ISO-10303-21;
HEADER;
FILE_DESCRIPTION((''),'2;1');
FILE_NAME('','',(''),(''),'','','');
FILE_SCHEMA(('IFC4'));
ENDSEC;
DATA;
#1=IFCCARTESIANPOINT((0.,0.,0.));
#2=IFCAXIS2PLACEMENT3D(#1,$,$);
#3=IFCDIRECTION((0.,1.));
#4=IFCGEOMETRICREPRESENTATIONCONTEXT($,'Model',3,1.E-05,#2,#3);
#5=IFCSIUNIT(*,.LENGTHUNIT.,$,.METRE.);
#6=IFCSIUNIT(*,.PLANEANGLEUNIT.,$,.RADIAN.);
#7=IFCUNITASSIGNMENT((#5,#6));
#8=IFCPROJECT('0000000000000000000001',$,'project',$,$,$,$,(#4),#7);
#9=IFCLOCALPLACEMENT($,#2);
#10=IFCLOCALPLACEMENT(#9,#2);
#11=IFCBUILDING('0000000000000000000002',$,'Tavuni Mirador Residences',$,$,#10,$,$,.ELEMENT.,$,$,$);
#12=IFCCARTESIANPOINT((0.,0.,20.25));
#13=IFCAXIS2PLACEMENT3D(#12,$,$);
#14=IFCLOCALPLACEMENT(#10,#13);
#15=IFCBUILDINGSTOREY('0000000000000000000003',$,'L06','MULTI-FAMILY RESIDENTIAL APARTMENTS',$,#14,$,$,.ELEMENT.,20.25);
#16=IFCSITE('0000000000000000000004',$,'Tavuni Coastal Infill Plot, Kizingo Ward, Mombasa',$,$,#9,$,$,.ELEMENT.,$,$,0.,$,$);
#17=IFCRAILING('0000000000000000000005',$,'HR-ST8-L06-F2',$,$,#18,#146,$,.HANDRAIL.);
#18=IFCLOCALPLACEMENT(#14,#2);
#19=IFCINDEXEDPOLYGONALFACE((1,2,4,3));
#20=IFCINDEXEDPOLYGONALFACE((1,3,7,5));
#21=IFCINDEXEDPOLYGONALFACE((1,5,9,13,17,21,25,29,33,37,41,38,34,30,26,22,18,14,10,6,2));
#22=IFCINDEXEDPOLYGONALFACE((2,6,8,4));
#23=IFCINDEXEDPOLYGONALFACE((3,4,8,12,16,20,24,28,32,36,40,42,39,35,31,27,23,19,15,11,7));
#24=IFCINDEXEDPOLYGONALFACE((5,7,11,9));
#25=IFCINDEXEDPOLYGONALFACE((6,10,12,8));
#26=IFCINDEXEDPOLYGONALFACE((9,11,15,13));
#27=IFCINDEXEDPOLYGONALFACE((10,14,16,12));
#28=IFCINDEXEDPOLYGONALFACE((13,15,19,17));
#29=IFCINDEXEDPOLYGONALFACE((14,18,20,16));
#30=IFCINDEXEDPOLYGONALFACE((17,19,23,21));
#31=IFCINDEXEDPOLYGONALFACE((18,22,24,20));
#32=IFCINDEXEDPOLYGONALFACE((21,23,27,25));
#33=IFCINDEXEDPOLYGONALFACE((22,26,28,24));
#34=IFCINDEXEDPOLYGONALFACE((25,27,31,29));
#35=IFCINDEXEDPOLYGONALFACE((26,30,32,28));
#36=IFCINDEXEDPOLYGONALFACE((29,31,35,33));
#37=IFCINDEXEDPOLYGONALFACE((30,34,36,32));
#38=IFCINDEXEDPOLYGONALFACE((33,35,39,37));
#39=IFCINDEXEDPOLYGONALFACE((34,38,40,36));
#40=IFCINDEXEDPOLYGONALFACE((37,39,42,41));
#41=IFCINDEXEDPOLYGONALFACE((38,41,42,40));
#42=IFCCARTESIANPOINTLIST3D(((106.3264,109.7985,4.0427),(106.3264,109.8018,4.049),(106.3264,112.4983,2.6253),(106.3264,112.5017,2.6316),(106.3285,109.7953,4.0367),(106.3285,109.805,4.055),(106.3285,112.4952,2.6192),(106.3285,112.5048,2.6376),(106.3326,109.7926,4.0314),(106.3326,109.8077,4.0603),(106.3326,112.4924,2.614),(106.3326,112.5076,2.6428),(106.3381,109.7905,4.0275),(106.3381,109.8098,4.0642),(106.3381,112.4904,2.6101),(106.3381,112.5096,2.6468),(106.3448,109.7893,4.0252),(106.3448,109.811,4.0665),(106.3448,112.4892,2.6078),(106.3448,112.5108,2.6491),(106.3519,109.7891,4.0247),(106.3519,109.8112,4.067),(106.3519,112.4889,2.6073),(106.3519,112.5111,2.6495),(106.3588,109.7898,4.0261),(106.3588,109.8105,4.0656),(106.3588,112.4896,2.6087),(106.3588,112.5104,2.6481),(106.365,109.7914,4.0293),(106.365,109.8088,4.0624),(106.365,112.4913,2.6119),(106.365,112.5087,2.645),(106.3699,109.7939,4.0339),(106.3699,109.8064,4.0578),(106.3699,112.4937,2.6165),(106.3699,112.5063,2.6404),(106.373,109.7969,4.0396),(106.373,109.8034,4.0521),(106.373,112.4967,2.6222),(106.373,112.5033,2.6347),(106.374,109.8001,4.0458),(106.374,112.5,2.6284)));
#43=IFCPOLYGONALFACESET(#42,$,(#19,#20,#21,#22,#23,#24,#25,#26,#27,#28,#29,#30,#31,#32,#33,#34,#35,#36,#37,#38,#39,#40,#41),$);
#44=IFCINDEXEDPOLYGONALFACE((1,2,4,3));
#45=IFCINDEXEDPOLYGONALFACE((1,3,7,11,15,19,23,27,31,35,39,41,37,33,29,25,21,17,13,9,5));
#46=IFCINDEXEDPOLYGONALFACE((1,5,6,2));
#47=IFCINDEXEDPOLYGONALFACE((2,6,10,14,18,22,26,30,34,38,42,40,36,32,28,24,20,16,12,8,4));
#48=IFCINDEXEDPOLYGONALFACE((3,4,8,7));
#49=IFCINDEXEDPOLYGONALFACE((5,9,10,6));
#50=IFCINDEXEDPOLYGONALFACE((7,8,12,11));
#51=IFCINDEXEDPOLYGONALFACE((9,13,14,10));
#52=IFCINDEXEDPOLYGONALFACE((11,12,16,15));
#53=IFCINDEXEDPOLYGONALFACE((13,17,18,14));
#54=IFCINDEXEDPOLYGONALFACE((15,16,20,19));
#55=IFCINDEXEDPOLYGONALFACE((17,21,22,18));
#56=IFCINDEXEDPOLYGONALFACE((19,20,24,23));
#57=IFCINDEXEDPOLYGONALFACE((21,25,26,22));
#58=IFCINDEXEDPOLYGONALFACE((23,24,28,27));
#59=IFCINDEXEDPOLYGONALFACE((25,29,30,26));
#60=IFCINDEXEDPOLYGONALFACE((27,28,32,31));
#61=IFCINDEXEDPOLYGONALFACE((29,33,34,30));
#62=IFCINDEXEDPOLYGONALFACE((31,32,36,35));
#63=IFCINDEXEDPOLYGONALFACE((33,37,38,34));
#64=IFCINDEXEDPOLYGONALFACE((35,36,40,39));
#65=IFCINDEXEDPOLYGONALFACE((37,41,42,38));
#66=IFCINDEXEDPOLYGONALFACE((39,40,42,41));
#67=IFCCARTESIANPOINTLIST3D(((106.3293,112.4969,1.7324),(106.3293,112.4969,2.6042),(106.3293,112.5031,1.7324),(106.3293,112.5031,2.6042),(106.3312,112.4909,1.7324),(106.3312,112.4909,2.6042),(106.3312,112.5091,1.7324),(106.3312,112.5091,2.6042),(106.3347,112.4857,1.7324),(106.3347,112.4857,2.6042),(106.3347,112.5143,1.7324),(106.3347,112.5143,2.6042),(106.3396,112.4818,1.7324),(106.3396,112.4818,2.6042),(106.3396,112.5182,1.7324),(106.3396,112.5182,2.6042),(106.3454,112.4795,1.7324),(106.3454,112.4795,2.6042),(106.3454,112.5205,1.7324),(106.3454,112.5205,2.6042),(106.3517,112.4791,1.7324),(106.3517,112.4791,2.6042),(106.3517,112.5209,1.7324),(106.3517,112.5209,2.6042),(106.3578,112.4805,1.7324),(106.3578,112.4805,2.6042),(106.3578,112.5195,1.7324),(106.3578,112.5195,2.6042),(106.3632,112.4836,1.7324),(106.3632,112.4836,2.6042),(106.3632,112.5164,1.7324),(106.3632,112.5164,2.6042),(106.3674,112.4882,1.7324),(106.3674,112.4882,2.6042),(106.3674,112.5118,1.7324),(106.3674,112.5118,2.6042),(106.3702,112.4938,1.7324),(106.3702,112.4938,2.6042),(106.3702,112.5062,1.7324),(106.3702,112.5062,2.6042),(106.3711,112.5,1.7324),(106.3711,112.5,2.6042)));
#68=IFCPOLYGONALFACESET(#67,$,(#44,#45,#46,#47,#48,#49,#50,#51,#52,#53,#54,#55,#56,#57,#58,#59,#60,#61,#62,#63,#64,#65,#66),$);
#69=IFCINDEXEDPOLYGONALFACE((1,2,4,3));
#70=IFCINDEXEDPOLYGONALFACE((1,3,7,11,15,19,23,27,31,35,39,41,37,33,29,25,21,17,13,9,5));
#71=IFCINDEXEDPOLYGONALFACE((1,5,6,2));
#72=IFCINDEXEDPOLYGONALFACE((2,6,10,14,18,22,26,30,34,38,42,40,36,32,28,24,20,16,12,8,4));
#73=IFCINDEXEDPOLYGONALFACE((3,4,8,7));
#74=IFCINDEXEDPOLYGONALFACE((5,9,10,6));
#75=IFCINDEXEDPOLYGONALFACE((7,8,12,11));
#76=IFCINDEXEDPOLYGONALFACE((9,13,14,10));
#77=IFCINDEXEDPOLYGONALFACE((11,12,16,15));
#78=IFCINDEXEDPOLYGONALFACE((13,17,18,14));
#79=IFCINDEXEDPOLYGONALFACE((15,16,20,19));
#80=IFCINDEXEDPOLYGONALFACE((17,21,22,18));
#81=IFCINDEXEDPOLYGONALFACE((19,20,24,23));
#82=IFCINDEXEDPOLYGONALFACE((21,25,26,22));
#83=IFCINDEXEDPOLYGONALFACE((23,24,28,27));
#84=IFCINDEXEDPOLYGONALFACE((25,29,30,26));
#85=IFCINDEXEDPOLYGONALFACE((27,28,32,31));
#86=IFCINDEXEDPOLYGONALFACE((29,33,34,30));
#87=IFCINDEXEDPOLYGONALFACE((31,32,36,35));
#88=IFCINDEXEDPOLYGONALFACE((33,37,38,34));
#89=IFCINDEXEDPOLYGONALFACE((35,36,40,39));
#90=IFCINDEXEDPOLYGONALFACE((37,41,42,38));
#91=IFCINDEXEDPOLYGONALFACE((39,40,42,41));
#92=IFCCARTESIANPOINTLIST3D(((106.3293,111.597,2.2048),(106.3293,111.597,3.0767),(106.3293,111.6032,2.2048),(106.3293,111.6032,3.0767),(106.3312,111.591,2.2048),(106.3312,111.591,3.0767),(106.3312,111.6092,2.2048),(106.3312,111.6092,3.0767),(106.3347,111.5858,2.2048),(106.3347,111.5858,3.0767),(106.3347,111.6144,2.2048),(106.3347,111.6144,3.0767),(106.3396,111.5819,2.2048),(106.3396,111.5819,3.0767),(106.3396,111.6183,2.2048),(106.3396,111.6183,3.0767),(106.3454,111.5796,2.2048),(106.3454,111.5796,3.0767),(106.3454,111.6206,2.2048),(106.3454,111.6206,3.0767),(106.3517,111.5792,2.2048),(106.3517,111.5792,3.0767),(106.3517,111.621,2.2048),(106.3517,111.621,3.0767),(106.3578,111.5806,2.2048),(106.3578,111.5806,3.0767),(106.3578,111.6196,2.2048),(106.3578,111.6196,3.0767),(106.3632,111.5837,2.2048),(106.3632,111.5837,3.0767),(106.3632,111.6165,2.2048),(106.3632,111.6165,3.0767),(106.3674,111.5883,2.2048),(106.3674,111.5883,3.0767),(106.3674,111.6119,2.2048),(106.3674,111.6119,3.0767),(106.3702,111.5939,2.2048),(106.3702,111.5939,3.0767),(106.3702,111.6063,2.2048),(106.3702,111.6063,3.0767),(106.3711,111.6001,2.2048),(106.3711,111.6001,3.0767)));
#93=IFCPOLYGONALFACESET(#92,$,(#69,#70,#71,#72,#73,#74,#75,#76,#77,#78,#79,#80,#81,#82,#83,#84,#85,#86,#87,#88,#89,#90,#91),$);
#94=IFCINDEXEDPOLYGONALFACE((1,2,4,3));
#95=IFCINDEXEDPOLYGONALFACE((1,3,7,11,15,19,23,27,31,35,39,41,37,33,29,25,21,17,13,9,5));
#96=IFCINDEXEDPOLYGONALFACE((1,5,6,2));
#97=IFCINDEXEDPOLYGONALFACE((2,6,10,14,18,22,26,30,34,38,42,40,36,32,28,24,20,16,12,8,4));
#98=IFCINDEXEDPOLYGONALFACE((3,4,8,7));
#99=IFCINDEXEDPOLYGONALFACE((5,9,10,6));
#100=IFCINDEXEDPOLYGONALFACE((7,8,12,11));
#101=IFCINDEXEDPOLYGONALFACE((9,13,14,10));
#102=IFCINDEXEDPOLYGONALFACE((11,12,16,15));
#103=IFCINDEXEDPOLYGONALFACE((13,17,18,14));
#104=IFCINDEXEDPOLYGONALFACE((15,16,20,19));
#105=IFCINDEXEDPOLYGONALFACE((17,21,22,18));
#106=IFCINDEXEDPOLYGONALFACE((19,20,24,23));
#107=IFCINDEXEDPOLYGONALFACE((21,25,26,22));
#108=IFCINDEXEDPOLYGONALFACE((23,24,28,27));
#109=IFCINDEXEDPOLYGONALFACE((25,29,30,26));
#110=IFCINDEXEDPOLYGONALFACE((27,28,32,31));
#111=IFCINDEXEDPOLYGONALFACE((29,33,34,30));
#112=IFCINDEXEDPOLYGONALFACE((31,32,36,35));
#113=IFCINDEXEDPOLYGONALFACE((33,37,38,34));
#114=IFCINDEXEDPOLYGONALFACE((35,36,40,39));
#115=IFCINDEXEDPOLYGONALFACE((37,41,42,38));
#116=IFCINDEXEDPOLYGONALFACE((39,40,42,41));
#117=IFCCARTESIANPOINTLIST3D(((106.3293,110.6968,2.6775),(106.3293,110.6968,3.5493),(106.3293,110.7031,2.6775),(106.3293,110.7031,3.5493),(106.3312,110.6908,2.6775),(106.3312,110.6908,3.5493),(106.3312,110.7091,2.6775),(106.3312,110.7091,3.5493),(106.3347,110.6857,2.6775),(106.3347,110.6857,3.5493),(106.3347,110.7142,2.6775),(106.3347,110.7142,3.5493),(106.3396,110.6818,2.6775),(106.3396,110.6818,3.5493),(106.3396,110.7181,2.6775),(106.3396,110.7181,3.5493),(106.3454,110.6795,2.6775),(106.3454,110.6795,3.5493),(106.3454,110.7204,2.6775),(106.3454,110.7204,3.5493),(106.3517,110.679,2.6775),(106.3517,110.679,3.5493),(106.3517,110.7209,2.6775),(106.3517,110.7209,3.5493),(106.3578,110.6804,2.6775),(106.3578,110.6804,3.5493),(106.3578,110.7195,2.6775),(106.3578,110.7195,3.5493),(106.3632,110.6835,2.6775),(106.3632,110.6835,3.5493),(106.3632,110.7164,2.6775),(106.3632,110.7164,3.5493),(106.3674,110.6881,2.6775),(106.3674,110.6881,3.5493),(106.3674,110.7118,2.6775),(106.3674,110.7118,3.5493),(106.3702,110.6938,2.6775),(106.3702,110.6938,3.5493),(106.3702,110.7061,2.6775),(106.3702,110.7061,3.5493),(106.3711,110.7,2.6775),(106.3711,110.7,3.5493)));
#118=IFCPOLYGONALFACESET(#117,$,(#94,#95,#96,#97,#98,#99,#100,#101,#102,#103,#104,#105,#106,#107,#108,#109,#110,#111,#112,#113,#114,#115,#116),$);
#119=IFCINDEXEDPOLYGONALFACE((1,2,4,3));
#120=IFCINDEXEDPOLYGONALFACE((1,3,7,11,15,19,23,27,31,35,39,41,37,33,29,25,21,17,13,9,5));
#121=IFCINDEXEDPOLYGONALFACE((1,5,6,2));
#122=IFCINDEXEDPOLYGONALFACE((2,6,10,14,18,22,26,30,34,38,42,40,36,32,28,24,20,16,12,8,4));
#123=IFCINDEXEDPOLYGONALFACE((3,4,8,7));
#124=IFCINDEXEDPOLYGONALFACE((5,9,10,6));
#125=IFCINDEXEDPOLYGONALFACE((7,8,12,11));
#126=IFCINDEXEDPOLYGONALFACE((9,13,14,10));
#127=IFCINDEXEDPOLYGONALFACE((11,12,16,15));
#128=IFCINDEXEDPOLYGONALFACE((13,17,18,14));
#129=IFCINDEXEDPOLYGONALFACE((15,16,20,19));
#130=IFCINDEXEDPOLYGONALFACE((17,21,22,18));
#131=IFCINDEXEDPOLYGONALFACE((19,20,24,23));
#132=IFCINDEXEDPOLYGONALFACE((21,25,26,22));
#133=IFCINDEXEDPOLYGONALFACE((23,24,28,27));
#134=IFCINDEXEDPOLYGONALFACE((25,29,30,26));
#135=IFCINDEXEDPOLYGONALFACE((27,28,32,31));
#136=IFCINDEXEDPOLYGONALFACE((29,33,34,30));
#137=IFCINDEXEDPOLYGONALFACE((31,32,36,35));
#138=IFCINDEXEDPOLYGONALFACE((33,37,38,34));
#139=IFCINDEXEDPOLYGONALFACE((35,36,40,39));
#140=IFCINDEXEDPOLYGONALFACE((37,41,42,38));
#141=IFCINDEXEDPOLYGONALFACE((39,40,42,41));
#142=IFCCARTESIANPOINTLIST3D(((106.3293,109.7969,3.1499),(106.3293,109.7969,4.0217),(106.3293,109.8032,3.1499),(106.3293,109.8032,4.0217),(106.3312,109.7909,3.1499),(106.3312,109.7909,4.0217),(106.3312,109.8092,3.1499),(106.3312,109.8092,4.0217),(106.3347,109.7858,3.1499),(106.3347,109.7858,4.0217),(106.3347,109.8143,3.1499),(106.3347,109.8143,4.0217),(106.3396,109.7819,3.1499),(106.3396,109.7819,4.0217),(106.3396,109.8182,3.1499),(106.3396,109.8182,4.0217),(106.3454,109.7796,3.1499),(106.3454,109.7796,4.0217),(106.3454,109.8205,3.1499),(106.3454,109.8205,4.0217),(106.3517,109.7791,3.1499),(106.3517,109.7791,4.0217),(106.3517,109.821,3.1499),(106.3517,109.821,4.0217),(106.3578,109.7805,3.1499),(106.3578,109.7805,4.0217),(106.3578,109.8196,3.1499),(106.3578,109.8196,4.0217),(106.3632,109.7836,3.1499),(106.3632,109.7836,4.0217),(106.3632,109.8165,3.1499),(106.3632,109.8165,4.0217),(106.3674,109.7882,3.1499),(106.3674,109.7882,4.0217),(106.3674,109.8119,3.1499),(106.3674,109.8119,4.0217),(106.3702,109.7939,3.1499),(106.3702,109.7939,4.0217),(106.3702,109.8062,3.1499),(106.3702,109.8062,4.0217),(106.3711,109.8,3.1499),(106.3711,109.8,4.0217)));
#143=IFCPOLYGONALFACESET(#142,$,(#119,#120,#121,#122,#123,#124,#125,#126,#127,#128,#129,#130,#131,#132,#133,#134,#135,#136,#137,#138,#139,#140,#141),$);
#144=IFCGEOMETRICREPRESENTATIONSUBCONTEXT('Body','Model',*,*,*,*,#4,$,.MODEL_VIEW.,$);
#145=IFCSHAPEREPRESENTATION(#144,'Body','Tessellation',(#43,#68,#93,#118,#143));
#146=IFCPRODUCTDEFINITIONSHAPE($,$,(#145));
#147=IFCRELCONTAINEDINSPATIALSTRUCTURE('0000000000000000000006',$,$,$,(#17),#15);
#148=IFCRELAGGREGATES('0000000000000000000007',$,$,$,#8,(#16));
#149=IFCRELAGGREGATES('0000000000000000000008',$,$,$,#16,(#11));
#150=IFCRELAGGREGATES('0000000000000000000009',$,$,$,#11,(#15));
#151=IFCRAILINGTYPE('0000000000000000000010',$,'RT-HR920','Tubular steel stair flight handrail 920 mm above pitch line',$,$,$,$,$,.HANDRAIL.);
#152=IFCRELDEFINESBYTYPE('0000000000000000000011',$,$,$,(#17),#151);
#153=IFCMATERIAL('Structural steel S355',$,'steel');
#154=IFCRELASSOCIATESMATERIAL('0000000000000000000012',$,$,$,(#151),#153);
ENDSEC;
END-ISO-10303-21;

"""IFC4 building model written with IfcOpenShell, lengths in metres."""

from ifc_helpers import new_model, si_unit, direction, frame, origin, origin_2d, place, context, subcontext, project, spatial, circle, extrude, material, type_object, element, save


model = new_model("IFC4")

# Units and contexts
model_context = context("Model", 3, precision=1e-05, world=origin(), true_north=direction((0.0, 1.0)))
body_context = subcontext(model_context, "Body", "Model", "MODEL_VIEW")
ifc_project = project(units=[si_unit("LENGTHUNIT", "METRE"), si_unit("PLANEANGLEUNIT", "RADIAN")], contexts=[model_context])

# Site, building, storey
site_placement = place(None, origin())
site = spatial("IfcSite", under=ifc_project, at=site_placement, Name="Tavuni Coastal Infill Plot, Kizingo Ward, Mombasa", CompositionType="ELEMENT", RefElevation=0.0)
building_placement = place(site_placement, origin())
building = spatial("IfcBuilding", under=site, at=building_placement, Name="Tavuni Mirador Residences", CompositionType="ELEMENT")
storey_placement = place(building_placement, frame((0.0, 0.0, 20.25)))
storey = spatial("IfcBuildingStorey", under=building, at=storey_placement, Name="L06", Description="MULTI-FAMILY RESIDENTIAL APARTMENTS", CompositionType="ELEMENT", Elevation=20.25)

# Shared definitions
ifc_material_1 = material(Name="Structural steel S355", Category="steel")

# Railing
railing_type = type_object("IfcRailingType", Name="RT-HR920", Description="Tubular steel stair flight handrail 920 mm above pitch line", PredefinedType="HANDRAIL", material=ifc_material_1)
railing_placement = place(storey_placement, frame((106.3501, 112.5, 1.7324)))
element("IfcRailing", 1, at=railing_placement, inside=storey, type_object=railing_type, Name="HR-ST8-L06-F2", PredefinedType="HANDRAIL", context=body_context, shape_type="SweptSolid", body=[
    extrude(circle(Radius=0.0239, at=origin_2d()), frame((0.0, 0.0, 0.896), z_axis=(0.0, -0.885397, 0.464835), x_axis=(1.0, 0.0, 0.0)), (0.0, 0.0, 1.0), 3.0493),
    extrude(circle(Radius=0.021, at=origin_2d()), origin(), (0.0, 0.0, 1.0), 0.8718),
    extrude(circle(Radius=0.021, at=origin_2d()), frame((0.0, -0.8999, 0.4724)), (0.0, 0.0, 1.0), 0.8718),
    extrude(circle(Radius=0.021, at=origin_2d()), frame((0.0, -1.8, 0.9451)), (0.0, 0.0, 1.0), 0.8718),
    extrude(circle(Radius=0.021, at=origin_2d()), frame((0.0, -2.7, 1.4175)), (0.0, 0.0, 1.0), 0.8718),
])

save(model, "model.ifc")
